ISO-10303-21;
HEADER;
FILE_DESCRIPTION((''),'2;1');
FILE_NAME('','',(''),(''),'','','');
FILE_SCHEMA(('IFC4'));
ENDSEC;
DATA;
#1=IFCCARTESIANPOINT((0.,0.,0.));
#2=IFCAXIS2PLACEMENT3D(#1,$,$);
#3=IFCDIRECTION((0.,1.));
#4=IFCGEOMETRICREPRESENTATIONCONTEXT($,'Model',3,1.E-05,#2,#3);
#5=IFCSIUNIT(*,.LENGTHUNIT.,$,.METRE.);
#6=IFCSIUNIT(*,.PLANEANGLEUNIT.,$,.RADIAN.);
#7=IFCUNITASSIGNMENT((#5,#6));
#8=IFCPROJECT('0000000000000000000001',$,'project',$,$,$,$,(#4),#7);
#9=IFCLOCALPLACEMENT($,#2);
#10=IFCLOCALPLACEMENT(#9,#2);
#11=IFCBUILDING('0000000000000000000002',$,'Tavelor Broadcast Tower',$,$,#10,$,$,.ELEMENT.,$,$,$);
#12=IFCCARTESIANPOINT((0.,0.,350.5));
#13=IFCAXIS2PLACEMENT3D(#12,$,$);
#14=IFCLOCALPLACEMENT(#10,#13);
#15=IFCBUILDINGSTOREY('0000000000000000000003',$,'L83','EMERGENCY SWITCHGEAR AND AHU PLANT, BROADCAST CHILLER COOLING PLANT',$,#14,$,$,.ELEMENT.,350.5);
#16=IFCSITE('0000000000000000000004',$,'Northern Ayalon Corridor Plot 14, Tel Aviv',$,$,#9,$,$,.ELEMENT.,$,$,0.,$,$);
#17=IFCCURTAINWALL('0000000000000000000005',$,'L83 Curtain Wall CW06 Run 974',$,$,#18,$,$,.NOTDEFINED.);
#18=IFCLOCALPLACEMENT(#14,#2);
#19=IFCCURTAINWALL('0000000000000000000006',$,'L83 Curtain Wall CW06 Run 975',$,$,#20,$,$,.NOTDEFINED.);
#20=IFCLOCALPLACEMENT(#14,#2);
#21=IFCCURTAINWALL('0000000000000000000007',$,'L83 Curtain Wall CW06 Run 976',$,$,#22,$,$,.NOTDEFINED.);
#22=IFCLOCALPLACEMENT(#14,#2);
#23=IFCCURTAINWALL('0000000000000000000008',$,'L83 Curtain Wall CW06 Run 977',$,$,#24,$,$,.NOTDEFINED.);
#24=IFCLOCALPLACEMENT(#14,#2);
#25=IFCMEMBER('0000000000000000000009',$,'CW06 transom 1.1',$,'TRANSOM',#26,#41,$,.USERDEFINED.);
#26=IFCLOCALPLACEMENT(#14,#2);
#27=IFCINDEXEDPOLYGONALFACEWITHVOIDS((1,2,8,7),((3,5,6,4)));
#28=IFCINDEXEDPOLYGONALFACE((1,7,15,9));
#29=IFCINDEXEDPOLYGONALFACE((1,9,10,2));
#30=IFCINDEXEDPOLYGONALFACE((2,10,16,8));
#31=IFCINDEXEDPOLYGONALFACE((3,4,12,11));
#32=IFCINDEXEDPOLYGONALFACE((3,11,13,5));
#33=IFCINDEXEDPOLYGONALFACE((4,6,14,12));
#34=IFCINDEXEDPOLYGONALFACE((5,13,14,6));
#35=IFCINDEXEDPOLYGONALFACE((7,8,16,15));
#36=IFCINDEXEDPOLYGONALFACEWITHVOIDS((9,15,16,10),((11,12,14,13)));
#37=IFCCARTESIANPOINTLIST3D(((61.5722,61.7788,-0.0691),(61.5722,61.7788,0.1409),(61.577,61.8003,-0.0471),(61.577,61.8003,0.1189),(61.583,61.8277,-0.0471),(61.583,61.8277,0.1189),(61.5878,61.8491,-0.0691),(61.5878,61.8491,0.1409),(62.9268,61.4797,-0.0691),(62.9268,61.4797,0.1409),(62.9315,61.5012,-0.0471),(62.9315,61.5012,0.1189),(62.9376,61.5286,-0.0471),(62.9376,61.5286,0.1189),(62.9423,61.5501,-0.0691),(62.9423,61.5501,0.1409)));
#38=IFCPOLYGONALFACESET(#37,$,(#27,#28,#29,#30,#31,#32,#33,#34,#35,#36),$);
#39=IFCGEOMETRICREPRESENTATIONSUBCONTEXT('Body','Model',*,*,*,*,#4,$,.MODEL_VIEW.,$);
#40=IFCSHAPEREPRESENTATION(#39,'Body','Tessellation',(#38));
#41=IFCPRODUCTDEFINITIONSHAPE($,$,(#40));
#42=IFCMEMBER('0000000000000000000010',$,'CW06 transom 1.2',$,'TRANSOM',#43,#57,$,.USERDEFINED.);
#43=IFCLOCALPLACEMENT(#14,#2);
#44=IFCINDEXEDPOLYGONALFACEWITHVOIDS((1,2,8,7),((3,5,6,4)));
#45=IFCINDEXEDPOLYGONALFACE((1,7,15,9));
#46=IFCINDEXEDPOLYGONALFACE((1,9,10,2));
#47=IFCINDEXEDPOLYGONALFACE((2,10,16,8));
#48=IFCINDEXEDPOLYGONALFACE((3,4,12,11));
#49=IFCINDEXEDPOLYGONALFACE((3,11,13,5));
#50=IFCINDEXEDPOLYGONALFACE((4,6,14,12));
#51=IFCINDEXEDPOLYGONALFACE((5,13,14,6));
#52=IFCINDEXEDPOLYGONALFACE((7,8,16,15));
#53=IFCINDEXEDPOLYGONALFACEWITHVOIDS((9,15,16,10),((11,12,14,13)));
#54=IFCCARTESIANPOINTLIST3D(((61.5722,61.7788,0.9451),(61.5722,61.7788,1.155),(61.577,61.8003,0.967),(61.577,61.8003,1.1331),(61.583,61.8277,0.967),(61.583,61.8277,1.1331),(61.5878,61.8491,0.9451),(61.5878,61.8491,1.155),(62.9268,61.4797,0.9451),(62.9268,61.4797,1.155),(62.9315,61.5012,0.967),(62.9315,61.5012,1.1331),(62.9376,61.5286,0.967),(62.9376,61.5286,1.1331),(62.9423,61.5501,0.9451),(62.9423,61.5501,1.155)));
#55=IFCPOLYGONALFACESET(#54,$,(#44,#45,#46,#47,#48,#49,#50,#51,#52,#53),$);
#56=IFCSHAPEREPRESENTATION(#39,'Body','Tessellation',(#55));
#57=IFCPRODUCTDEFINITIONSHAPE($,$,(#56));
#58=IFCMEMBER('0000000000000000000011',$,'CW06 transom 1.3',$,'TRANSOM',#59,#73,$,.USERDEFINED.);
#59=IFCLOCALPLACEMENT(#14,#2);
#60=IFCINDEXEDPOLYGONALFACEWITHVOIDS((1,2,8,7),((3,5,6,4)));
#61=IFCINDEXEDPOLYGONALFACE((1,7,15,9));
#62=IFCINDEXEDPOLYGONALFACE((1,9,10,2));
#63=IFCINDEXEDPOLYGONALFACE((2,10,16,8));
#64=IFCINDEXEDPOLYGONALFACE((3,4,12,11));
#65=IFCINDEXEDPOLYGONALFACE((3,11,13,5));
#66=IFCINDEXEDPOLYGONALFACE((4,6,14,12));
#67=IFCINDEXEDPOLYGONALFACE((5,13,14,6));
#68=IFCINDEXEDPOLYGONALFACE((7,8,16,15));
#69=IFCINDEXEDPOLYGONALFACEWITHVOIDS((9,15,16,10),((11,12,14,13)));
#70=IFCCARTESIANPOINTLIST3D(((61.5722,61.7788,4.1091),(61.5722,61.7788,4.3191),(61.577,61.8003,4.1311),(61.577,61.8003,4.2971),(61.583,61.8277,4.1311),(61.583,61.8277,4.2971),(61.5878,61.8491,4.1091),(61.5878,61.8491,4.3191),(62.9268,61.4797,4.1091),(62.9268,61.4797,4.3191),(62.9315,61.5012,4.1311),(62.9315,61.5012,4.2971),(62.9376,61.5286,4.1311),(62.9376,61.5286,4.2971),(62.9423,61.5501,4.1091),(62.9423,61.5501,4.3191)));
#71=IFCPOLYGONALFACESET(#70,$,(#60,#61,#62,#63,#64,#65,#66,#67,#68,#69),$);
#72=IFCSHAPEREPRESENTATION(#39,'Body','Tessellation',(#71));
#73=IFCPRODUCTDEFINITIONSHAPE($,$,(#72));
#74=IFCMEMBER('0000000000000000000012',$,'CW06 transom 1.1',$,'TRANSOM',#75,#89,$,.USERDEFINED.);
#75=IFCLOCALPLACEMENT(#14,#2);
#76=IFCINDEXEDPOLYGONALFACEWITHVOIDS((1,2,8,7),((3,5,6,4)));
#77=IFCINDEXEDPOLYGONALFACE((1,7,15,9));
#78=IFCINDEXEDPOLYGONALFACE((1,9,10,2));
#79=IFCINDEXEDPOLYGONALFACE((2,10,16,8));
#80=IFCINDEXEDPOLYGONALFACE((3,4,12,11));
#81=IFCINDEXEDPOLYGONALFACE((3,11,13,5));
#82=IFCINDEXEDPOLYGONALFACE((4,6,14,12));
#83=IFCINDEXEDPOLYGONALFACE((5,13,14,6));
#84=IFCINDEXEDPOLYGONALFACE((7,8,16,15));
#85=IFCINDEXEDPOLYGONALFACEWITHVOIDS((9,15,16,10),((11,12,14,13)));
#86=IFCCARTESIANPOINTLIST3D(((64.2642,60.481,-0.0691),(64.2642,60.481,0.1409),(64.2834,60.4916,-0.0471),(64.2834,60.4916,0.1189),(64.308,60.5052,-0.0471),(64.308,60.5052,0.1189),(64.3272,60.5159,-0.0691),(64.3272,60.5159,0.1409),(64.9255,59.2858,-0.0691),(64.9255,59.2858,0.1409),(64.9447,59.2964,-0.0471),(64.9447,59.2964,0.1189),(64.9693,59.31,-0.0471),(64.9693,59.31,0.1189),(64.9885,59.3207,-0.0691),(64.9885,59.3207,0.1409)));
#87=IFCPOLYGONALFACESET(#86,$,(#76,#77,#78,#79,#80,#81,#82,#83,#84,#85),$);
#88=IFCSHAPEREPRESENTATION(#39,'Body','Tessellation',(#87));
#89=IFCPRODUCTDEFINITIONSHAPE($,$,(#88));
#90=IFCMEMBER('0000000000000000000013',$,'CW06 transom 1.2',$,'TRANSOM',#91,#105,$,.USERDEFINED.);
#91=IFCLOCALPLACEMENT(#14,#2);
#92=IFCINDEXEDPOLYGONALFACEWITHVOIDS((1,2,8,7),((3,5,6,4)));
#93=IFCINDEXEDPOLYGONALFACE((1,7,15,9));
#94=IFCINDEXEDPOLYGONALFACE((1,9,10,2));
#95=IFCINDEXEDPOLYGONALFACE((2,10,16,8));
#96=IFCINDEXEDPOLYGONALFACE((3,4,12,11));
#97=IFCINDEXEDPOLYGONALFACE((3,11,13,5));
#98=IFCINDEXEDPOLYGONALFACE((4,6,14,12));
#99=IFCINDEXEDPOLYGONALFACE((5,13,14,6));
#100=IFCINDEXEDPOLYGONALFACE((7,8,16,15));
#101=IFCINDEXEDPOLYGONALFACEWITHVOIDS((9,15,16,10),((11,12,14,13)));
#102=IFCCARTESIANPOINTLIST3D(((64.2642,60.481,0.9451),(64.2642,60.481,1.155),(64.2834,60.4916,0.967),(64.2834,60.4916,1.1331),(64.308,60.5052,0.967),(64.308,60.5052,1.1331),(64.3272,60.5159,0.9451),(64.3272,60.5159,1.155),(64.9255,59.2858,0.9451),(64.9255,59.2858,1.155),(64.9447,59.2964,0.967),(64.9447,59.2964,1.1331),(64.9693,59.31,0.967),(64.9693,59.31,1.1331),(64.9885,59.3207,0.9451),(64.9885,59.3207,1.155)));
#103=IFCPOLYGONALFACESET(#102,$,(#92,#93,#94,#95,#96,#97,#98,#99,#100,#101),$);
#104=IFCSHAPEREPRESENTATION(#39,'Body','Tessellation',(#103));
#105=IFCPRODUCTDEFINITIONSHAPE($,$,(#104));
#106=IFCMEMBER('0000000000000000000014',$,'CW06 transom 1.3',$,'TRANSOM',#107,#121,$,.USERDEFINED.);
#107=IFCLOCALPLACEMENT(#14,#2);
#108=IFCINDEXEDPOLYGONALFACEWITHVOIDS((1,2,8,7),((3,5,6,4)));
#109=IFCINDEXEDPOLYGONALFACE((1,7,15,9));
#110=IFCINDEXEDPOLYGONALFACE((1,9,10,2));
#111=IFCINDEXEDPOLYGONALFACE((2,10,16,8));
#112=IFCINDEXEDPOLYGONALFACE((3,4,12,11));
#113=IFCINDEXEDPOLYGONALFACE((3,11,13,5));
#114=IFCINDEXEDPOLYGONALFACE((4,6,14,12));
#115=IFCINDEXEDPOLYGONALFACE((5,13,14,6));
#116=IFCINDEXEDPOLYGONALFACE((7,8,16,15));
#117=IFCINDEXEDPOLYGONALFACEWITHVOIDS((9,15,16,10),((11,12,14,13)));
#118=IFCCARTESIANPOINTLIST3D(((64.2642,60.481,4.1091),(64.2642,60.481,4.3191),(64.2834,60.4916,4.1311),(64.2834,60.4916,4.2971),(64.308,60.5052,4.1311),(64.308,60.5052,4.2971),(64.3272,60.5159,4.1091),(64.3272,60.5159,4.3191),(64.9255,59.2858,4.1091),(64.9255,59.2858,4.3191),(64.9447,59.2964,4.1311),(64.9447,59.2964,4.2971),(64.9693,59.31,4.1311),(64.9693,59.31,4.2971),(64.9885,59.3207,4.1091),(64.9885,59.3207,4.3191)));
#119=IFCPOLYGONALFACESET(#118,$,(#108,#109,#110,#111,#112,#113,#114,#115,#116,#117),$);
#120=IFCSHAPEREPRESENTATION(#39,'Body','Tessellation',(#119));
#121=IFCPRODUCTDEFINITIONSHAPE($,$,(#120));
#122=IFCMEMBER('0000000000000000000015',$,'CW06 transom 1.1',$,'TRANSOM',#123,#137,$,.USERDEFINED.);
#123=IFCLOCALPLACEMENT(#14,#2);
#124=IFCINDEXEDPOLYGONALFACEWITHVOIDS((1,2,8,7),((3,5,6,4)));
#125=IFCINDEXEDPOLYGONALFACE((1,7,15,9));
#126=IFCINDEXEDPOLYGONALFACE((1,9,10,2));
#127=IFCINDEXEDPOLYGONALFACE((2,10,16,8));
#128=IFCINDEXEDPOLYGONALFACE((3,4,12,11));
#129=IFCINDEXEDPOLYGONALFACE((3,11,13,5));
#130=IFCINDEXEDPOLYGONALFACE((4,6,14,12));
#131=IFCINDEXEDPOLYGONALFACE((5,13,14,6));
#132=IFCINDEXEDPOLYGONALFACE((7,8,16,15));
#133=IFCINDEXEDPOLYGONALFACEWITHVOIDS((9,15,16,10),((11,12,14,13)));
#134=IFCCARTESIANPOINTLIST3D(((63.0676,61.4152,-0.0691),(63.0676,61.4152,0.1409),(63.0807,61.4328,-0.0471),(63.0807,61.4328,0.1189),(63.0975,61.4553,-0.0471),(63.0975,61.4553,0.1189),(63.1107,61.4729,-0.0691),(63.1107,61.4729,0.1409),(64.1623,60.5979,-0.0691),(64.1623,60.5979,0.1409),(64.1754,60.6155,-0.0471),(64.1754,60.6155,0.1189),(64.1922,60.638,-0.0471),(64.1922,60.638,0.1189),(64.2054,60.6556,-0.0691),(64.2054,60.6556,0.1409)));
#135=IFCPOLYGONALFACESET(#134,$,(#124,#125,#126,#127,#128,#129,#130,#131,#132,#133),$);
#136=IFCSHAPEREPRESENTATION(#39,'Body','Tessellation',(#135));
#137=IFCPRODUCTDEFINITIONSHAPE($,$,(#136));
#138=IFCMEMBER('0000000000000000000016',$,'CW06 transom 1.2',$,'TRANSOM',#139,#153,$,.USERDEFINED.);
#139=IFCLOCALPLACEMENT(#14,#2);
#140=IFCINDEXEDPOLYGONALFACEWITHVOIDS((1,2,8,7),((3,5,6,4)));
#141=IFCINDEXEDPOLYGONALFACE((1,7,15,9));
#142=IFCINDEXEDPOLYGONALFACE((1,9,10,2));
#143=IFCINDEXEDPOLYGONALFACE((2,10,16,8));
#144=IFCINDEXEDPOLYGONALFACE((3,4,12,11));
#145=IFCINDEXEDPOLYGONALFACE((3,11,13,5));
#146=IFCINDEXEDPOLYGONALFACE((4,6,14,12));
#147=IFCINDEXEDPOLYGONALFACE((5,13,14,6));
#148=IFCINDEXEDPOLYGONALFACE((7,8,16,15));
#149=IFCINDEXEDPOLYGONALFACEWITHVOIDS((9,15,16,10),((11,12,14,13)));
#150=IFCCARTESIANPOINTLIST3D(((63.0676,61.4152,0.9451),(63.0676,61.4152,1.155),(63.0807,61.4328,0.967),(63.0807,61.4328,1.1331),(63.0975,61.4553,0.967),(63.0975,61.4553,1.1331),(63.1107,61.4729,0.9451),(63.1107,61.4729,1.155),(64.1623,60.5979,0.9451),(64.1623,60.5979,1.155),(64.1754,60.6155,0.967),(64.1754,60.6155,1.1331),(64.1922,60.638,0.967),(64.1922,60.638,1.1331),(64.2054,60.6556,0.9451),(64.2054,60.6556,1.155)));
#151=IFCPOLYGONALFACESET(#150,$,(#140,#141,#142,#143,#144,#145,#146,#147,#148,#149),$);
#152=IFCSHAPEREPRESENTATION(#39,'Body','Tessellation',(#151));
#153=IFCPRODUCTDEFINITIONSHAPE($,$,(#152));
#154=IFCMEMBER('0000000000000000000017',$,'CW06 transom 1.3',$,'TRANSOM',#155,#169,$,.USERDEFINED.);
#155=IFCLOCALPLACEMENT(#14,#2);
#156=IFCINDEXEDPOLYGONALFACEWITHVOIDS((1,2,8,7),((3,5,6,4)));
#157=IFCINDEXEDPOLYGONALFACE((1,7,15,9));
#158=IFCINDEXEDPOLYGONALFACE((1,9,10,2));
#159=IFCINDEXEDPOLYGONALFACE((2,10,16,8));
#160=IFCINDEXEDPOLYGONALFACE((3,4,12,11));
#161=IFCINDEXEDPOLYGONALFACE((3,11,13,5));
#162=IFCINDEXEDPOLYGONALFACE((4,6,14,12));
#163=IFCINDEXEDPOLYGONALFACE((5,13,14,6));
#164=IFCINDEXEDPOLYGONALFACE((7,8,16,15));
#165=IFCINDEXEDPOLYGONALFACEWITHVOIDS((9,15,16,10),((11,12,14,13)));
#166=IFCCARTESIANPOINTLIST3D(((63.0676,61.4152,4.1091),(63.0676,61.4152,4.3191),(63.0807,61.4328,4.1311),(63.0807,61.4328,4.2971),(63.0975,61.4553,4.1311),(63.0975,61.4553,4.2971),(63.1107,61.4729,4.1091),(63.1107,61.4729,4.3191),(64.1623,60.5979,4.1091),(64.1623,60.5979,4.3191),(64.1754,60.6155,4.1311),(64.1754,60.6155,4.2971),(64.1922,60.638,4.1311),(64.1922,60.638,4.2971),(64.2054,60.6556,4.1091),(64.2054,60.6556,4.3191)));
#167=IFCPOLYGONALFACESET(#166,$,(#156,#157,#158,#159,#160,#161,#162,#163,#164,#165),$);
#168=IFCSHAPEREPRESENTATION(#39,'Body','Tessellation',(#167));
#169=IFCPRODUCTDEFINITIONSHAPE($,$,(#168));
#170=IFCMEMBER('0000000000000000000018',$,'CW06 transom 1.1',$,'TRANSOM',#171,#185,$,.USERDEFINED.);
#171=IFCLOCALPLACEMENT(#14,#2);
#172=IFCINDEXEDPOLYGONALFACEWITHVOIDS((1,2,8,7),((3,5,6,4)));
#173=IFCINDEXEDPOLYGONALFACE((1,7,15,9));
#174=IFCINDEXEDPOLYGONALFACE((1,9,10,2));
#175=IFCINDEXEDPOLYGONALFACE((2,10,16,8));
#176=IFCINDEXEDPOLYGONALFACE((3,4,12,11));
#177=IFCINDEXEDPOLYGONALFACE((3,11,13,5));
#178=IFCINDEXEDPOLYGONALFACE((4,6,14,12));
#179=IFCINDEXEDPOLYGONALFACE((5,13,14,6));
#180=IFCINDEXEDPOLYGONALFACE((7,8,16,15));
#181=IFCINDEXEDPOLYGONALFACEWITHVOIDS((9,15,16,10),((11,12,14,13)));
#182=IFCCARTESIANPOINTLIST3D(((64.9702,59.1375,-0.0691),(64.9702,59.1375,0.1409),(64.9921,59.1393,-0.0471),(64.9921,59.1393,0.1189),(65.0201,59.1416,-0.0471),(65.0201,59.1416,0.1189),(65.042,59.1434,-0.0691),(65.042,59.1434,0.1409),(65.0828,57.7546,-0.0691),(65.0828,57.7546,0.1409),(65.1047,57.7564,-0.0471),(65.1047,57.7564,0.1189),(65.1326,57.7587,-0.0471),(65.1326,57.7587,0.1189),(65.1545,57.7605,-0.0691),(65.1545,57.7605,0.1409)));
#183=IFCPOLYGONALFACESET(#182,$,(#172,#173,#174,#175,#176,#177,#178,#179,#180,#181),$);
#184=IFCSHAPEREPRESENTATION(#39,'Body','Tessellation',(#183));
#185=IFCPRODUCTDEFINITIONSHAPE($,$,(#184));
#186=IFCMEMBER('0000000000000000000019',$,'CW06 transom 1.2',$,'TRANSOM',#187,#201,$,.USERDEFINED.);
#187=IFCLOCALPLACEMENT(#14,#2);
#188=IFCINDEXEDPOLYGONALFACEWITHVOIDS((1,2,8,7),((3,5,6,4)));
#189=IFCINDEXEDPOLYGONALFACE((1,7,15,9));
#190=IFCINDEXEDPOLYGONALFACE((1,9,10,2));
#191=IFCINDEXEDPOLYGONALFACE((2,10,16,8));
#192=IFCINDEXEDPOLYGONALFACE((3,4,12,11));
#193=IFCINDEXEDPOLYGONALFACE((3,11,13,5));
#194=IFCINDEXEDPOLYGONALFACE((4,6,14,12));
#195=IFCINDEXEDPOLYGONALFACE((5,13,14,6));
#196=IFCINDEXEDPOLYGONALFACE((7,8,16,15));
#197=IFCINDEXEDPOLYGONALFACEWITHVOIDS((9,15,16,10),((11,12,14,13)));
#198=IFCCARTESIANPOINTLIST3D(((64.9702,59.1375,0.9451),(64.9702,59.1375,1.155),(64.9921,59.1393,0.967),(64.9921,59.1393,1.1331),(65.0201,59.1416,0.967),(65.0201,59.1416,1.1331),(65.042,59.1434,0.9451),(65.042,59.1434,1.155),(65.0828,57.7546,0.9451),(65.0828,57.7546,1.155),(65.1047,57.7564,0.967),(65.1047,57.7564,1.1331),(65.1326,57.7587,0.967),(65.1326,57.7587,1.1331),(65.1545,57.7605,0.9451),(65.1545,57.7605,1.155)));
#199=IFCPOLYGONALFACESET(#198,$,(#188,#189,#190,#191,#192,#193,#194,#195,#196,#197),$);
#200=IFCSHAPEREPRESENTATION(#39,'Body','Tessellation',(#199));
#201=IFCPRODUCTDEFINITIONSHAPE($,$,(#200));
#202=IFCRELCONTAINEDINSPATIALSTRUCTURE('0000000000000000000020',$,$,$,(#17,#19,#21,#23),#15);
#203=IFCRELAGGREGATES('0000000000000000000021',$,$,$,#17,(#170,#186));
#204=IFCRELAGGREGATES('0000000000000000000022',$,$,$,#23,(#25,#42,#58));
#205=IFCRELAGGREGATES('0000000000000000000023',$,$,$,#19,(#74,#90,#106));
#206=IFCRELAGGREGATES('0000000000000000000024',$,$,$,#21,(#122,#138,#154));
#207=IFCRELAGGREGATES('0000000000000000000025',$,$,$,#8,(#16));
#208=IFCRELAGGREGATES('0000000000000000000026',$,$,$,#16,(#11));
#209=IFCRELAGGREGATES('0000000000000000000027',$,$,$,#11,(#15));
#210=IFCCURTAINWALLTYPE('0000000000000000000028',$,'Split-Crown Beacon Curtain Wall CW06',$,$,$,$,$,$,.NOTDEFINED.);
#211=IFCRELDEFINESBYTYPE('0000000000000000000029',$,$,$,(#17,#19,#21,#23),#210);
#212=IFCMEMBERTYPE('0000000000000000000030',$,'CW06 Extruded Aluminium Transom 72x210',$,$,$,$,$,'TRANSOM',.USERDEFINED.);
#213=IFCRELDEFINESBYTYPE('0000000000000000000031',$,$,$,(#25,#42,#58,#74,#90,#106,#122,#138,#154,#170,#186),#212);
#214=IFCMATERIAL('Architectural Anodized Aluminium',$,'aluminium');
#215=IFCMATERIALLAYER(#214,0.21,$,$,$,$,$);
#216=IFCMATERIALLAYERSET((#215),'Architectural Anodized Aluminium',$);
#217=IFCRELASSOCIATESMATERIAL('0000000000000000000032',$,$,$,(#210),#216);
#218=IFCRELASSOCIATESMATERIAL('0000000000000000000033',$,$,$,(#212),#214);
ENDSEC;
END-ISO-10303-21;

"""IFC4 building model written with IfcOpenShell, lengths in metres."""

from ifc_helpers import new_model, si_unit, direction, frame, origin, origin_2d, place, context, subcontext, project, spatial, hollow_rectangle, extrude, source, transform, mapped, material, layer, layer_set, material_profile, profile_set, type_object, type_shapes, element, aggregate, save


model = new_model("IFC4")

# Units and contexts
model_context = context("Model", 3, precision=1e-05, world=origin(), true_north=direction((0.0, 1.0)))
body_context = subcontext(model_context, "Body", "Model", "MODEL_VIEW")
ifc_project = project(units=[si_unit("LENGTHUNIT", "METRE"), si_unit("PLANEANGLEUNIT", "RADIAN")], contexts=[model_context])

# Site, building, storey
site_placement = place(None, origin())
site = spatial("IfcSite", under=ifc_project, at=site_placement, Name="Northern Ayalon Corridor Plot 14, Tel Aviv", CompositionType="ELEMENT", RefElevation=0.0)
building_placement = place(site_placement, origin())
building = spatial("IfcBuilding", under=site, at=building_placement, Name="Tavelor Broadcast Tower", CompositionType="ELEMENT")
storey_placement = place(building_placement, frame((0.0, 0.0, 350.5)))
storey = spatial("IfcBuildingStorey", under=building, at=storey_placement, Name="L83", Description="EMERGENCY SWITCHGEAR AND AHU PLANT, BROADCAST CHILLER COOLING PLANT", CompositionType="ELEMENT", Elevation=350.5)

# Shared definitions
ifc_material_1 = material(Name="Architectural Anodized Aluminium", Category="aluminium")
ifc_layer_1 = layer(ifc_material_1, 0.21)
ifc_layer_set_1 = layer_set([ifc_layer_1], Name="Architectural Anodized Aluminium")
curtain_wall_type = type_object("IfcCurtainWallType", Name="Split-Crown Beacon Curtain Wall CW06", PredefinedType="NOTDEFINED", material=ifc_layer_set_1)

# Curtain walls, members
curtain_wall_1_placement = place(storey_placement, origin())
curtain_wall_1 = element("IfcCurtainWall", 1, at=curtain_wall_1_placement, inside=storey, type_object=curtain_wall_type, Name="L83 Curtain Wall CW06 Run 974", PredefinedType="NOTDEFINED")
curtain_wall_2_placement = place(storey_placement, origin())
curtain_wall_2 = element("IfcCurtainWall", 2, at=curtain_wall_2_placement, inside=storey, type_object=curtain_wall_type, Name="L83 Curtain Wall CW06 Run 975", PredefinedType="NOTDEFINED")
curtain_wall_3_placement = place(storey_placement, origin())
curtain_wall_3 = element("IfcCurtainWall", 3, at=curtain_wall_3_placement, inside=storey, type_object=curtain_wall_type, Name="L83 Curtain Wall CW06 Run 976", PredefinedType="NOTDEFINED")
curtain_wall_4_placement = place(storey_placement, origin())
curtain_wall_4 = element("IfcCurtainWall", 4, at=curtain_wall_4_placement, inside=storey, type_object=curtain_wall_type, Name="L83 Curtain Wall CW06 Run 977", PredefinedType="NOTDEFINED")
ifc_material_profile_1 = material_profile(ifc_material_1, hollow_rectangle(XDim=0.072, YDim=0.21, WallThickness=0.022, at=origin_2d()), Name="RHS 72x210x22")
ifc_profile_set_1 = profile_set([ifc_material_profile_1], Name="Architectural Anodized Aluminium")
member_type_1 = type_object("IfcMemberType", Name="CW06 Extruded Aluminium Transom 72x210", ElementType="TRANSOM", PredefinedType="USERDEFINED", material=ifc_profile_set_1)
shared_shape_1 = source(origin(), body_context, "Body", "SweptSolid", [
    extrude(hollow_rectangle(XDim=0.072, YDim=0.21, WallThickness=0.022, at=origin_2d()), origin(), (0.0, 0.0, 1.0), 1.3872),
])
member_1_placement = place(storey_placement, frame((62.9346, 61.5149, 0.0359), z_axis=(-0.97648, 0.215607, 0.0), x_axis=(-0.215607, -0.97648, 0.0)))
member_1 = element("IfcMember", 5, at=member_1_placement, type_object=member_type_1, Name="CW06 transom 1.1", ObjectType="TRANSOM", PredefinedType="USERDEFINED", context=body_context, shape_type="MappedRepresentation", body=[
    mapped(shared_shape_1, transform((0.0, 0.0, 0.0), scale=1.0)),
])
member_2_placement = place(storey_placement, frame((62.9346, 61.5149, 1.05), z_axis=(-0.97648, 0.215607, 0.0), x_axis=(-0.215607, -0.97648, 0.0)))
member_2 = element("IfcMember", 6, at=member_2_placement, type_object=member_type_1, Name="CW06 transom 1.2", ObjectType="TRANSOM", PredefinedType="USERDEFINED", context=body_context, shape_type="MappedRepresentation", body=[
    mapped(shared_shape_1, transform((0.0, 0.0, 0.0), scale=1.0)),
])
member_3_placement = place(storey_placement, frame((62.9346, 61.5149, 4.2141), z_axis=(-0.97648, 0.215607, 0.0), x_axis=(-0.215607, -0.97648, 0.0)))
member_3 = element("IfcMember", 7, at=member_3_placement, type_object=member_type_1, Name="CW06 transom 1.3", ObjectType="TRANSOM", PredefinedType="USERDEFINED", context=body_context, shape_type="MappedRepresentation", body=[
    mapped(shared_shape_1, transform((0.0, 0.0, 0.0), scale=1.0)),
])

# Members
shared_shape_2 = source(origin(), body_context, "Body", "SweptSolid", [
    extrude(hollow_rectangle(XDim=0.072, YDim=0.21, WallThickness=0.022, at=origin_2d()), origin(), (0.0, 0.0, 1.0), 1.366),
])
member_4_placement = place(storey_placement, frame((64.957, 59.3032, 0.0359), z_axis=(-0.48414, 0.874991, 0.0), x_axis=(-0.874991, -0.48414, 0.0)))
member_4 = element("IfcMember", 8, at=member_4_placement, type_object=member_type_1, Name="CW06 transom 1.1", ObjectType="TRANSOM", PredefinedType="USERDEFINED", context=body_context, shape_type="MappedRepresentation", body=[
    mapped(shared_shape_2, transform((0.0, 0.0, 0.0), scale=1.0)),
])
member_5_placement = place(storey_placement, frame((64.957, 59.3032, 1.05), z_axis=(-0.48414, 0.874991, 0.0), x_axis=(-0.874991, -0.48414, 0.0)))
member_5 = element("IfcMember", 9, at=member_5_placement, type_object=member_type_1, Name="CW06 transom 1.2", ObjectType="TRANSOM", PredefinedType="USERDEFINED", context=body_context, shape_type="MappedRepresentation", body=[
    mapped(shared_shape_2, transform((0.0, 0.0, 0.0), scale=1.0)),
])
member_6_placement = place(storey_placement, frame((64.957, 59.3032, 4.2141), z_axis=(-0.48414, 0.874991, 0.0), x_axis=(-0.874991, -0.48414, 0.0)))
member_6 = element("IfcMember", 10, at=member_6_placement, type_object=member_type_1, Name="CW06 transom 1.3", ObjectType="TRANSOM", PredefinedType="USERDEFINED", context=body_context, shape_type="MappedRepresentation", body=[
    mapped(shared_shape_2, transform((0.0, 0.0, 0.0), scale=1.0)),
])
shared_shape_3 = source(origin(), body_context, "Body", "SweptSolid", [
    extrude(hollow_rectangle(XDim=0.072, YDim=0.21, WallThickness=0.022, at=origin_2d()), origin(), (0.0, 0.0, 1.0), 1.3662),
])
member_7_placement = place(storey_placement, frame((64.1838, 60.6267, 0.0359), z_axis=(-0.801285, 0.598283, 0.0), x_axis=(-0.598283, -0.801285, 0.0)))
member_7 = element("IfcMember", 11, at=member_7_placement, type_object=member_type_1, Name="CW06 transom 1.1", ObjectType="TRANSOM", PredefinedType="USERDEFINED", context=body_context, shape_type="MappedRepresentation", body=[
    mapped(shared_shape_3, transform((0.0, 0.0, 0.0), scale=1.0)),
])
member_8_placement = place(storey_placement, frame((64.1838, 60.6267, 1.05), z_axis=(-0.801285, 0.598283, 0.0), x_axis=(-0.598283, -0.801285, 0.0)))
member_8 = element("IfcMember", 12, at=member_8_placement, type_object=member_type_1, Name="CW06 transom 1.2", ObjectType="TRANSOM", PredefinedType="USERDEFINED", context=body_context, shape_type="MappedRepresentation", body=[
    mapped(shared_shape_3, transform((0.0, 0.0, 0.0), scale=1.0)),
])
member_9_placement = place(storey_placement, frame((64.1838, 60.6267, 4.2141), z_axis=(-0.801285, 0.598283, 0.0), x_axis=(-0.598283, -0.801285, 0.0)))
member_9 = element("IfcMember", 13, at=member_9_placement, type_object=member_type_1, Name="CW06 transom 1.3", ObjectType="TRANSOM", PredefinedType="USERDEFINED", context=body_context, shape_type="MappedRepresentation", body=[
    mapped(shared_shape_3, transform((0.0, 0.0, 0.0), scale=1.0)),
])
shared_shape_4 = source(origin(), body_context, "Body", "SweptSolid", [
    extrude(hollow_rectangle(XDim=0.072, YDim=0.21, WallThickness=0.022, at=origin_2d()), origin(), (0.0, 0.0, 1.0), 1.3875),
])
type_shapes(member_type_1, [shared_shape_1, shared_shape_2, shared_shape_3, shared_shape_4])
member_10_placement = place(storey_placement, frame((65.1187, 57.7576, 0.0359), z_axis=(-0.081123, 0.996704, 0.0), x_axis=(-0.996704, -0.081123, 0.0)))
member_10 = element("IfcMember", 14, at=member_10_placement, type_object=member_type_1, Name="CW06 transom 1.1", ObjectType="TRANSOM", PredefinedType="USERDEFINED", context=body_context, shape_type="MappedRepresentation", body=[
    mapped(shared_shape_4, transform((0.0, 0.0, 0.0), scale=1.0)),
])
member_11_placement = place(storey_placement, frame((65.1187, 57.7576, 1.05), z_axis=(-0.081123, 0.996704, 0.0), x_axis=(-0.996704, -0.081123, 0.0)))
member_11 = element("IfcMember", 15, at=member_11_placement, type_object=member_type_1, Name="CW06 transom 1.2", ObjectType="TRANSOM", PredefinedType="USERDEFINED", context=body_context, shape_type="MappedRepresentation", body=[
    mapped(shared_shape_4, transform((0.0, 0.0, 0.0), scale=1.0)),
])

aggregate(curtain_wall_1, [member_10, member_11])
aggregate(curtain_wall_4, [member_1, member_2, member_3])
aggregate(curtain_wall_2, [member_4, member_5, member_6])
aggregate(curtain_wall_3, [member_7, member_8, member_9])

save(model, "model.ifc")
